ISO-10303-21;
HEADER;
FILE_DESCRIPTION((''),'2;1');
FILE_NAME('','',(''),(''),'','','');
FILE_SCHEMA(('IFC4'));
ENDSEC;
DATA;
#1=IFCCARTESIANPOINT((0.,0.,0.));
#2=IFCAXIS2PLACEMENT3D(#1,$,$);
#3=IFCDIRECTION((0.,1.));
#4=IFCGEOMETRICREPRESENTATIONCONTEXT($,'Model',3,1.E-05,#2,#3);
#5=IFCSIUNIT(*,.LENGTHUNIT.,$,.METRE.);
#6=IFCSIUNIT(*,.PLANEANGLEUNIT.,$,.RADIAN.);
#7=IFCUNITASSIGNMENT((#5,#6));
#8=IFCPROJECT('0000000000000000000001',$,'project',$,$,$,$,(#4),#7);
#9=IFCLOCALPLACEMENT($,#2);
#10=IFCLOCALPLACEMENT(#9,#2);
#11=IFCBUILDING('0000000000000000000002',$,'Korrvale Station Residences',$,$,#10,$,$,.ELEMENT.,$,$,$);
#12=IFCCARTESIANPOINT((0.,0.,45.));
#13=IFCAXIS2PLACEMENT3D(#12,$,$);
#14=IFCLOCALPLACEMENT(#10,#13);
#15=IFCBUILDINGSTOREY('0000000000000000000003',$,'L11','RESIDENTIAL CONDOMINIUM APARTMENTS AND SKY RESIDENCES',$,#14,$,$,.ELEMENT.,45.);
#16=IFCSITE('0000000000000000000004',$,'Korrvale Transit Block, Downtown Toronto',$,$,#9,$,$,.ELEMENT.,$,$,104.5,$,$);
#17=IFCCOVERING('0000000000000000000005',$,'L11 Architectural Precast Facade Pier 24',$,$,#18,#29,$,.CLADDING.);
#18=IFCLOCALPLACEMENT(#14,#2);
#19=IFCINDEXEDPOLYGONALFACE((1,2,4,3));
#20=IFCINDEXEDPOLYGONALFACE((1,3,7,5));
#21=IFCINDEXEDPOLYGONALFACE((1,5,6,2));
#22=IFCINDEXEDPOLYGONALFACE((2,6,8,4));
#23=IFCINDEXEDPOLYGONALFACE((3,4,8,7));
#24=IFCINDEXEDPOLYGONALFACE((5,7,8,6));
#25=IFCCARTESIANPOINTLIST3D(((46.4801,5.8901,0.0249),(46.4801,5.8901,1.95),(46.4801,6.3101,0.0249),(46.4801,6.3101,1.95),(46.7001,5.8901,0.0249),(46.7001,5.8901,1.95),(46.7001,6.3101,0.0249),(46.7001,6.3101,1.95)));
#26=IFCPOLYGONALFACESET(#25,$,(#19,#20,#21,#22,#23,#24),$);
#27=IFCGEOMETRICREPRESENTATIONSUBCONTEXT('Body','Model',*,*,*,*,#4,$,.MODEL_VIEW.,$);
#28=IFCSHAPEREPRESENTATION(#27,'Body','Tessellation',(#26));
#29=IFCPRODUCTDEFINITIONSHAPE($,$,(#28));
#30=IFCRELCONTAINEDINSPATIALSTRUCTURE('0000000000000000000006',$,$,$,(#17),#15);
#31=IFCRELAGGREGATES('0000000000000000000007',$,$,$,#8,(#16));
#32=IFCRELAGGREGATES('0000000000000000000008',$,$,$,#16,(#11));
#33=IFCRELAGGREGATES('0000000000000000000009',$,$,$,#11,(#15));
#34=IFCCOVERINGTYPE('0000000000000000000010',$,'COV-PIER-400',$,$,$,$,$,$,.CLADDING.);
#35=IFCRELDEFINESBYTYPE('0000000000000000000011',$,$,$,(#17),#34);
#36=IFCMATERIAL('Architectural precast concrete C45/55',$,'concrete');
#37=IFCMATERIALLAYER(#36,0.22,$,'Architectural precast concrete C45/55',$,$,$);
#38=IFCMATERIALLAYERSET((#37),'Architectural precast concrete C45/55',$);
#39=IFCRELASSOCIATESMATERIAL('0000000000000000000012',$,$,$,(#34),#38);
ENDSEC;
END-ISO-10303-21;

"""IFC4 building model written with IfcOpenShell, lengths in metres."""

from ifc_helpers import new_model, si_unit, direction, frame, origin, origin_2d, place, context, subcontext, project, spatial, rectangle, extrude, material, layer, layer_set, type_object, element, save


model = new_model("IFC4")

# Units and contexts
model_context = context("Model", 3, precision=1e-05, world=origin(), true_north=direction((0.0, 1.0)))
body_context = subcontext(model_context, "Body", "Model", "MODEL_VIEW")
ifc_project = project(units=[si_unit("LENGTHUNIT", "METRE"), si_unit("PLANEANGLEUNIT", "RADIAN")], contexts=[model_context])

# Site, building, storey
site_placement = place(None, origin())
site = spatial("IfcSite", under=ifc_project, at=site_placement, Name="Korrvale Transit Block, Downtown Toronto", CompositionType="ELEMENT", RefElevation=104.5)
building_placement = place(site_placement, origin())
building = spatial("IfcBuilding", under=site, at=building_placement, Name="Korrvale Station Residences", CompositionType="ELEMENT")
storey_placement = place(building_placement, frame((0.0, 0.0, 45.0)))
storey = spatial("IfcBuildingStorey", under=building, at=storey_placement, Name="L11", Description="RESIDENTIAL CONDOMINIUM APARTMENTS AND SKY RESIDENCES", CompositionType="ELEMENT", Elevation=45.0)

# Covering
ifc_material_1 = material(Name="Architectural precast concrete C45/55", Category="concrete")
ifc_layer_1 = layer(ifc_material_1, 0.22, Name="Architectural precast concrete C45/55")
ifc_layer_set_1 = layer_set([ifc_layer_1], Name="Architectural precast concrete C45/55")
covering_type = type_object("IfcCoveringType", Name="COV-PIER-400", PredefinedType="CLADDING", material=ifc_layer_set_1)
covering_placement = place(storey_placement, frame((46.5901, 6.1001, 0.0249), z_axis=(0.0, 0.0, 1.0), x_axis=(0.0, 1.0, 0.0)))
element("IfcCovering", 1, at=covering_placement, inside=storey, type_object=covering_type, Name="L11 Architectural Precast Facade Pier 24", PredefinedType="CLADDING", context=body_context, shape_type="SweptSolid", body=[
    extrude(rectangle(XDim=0.4199, YDim=0.22, at=origin_2d()), origin(), (0.0, 0.0, 1.0), 1.925),
])

save(model, "model.ifc")
